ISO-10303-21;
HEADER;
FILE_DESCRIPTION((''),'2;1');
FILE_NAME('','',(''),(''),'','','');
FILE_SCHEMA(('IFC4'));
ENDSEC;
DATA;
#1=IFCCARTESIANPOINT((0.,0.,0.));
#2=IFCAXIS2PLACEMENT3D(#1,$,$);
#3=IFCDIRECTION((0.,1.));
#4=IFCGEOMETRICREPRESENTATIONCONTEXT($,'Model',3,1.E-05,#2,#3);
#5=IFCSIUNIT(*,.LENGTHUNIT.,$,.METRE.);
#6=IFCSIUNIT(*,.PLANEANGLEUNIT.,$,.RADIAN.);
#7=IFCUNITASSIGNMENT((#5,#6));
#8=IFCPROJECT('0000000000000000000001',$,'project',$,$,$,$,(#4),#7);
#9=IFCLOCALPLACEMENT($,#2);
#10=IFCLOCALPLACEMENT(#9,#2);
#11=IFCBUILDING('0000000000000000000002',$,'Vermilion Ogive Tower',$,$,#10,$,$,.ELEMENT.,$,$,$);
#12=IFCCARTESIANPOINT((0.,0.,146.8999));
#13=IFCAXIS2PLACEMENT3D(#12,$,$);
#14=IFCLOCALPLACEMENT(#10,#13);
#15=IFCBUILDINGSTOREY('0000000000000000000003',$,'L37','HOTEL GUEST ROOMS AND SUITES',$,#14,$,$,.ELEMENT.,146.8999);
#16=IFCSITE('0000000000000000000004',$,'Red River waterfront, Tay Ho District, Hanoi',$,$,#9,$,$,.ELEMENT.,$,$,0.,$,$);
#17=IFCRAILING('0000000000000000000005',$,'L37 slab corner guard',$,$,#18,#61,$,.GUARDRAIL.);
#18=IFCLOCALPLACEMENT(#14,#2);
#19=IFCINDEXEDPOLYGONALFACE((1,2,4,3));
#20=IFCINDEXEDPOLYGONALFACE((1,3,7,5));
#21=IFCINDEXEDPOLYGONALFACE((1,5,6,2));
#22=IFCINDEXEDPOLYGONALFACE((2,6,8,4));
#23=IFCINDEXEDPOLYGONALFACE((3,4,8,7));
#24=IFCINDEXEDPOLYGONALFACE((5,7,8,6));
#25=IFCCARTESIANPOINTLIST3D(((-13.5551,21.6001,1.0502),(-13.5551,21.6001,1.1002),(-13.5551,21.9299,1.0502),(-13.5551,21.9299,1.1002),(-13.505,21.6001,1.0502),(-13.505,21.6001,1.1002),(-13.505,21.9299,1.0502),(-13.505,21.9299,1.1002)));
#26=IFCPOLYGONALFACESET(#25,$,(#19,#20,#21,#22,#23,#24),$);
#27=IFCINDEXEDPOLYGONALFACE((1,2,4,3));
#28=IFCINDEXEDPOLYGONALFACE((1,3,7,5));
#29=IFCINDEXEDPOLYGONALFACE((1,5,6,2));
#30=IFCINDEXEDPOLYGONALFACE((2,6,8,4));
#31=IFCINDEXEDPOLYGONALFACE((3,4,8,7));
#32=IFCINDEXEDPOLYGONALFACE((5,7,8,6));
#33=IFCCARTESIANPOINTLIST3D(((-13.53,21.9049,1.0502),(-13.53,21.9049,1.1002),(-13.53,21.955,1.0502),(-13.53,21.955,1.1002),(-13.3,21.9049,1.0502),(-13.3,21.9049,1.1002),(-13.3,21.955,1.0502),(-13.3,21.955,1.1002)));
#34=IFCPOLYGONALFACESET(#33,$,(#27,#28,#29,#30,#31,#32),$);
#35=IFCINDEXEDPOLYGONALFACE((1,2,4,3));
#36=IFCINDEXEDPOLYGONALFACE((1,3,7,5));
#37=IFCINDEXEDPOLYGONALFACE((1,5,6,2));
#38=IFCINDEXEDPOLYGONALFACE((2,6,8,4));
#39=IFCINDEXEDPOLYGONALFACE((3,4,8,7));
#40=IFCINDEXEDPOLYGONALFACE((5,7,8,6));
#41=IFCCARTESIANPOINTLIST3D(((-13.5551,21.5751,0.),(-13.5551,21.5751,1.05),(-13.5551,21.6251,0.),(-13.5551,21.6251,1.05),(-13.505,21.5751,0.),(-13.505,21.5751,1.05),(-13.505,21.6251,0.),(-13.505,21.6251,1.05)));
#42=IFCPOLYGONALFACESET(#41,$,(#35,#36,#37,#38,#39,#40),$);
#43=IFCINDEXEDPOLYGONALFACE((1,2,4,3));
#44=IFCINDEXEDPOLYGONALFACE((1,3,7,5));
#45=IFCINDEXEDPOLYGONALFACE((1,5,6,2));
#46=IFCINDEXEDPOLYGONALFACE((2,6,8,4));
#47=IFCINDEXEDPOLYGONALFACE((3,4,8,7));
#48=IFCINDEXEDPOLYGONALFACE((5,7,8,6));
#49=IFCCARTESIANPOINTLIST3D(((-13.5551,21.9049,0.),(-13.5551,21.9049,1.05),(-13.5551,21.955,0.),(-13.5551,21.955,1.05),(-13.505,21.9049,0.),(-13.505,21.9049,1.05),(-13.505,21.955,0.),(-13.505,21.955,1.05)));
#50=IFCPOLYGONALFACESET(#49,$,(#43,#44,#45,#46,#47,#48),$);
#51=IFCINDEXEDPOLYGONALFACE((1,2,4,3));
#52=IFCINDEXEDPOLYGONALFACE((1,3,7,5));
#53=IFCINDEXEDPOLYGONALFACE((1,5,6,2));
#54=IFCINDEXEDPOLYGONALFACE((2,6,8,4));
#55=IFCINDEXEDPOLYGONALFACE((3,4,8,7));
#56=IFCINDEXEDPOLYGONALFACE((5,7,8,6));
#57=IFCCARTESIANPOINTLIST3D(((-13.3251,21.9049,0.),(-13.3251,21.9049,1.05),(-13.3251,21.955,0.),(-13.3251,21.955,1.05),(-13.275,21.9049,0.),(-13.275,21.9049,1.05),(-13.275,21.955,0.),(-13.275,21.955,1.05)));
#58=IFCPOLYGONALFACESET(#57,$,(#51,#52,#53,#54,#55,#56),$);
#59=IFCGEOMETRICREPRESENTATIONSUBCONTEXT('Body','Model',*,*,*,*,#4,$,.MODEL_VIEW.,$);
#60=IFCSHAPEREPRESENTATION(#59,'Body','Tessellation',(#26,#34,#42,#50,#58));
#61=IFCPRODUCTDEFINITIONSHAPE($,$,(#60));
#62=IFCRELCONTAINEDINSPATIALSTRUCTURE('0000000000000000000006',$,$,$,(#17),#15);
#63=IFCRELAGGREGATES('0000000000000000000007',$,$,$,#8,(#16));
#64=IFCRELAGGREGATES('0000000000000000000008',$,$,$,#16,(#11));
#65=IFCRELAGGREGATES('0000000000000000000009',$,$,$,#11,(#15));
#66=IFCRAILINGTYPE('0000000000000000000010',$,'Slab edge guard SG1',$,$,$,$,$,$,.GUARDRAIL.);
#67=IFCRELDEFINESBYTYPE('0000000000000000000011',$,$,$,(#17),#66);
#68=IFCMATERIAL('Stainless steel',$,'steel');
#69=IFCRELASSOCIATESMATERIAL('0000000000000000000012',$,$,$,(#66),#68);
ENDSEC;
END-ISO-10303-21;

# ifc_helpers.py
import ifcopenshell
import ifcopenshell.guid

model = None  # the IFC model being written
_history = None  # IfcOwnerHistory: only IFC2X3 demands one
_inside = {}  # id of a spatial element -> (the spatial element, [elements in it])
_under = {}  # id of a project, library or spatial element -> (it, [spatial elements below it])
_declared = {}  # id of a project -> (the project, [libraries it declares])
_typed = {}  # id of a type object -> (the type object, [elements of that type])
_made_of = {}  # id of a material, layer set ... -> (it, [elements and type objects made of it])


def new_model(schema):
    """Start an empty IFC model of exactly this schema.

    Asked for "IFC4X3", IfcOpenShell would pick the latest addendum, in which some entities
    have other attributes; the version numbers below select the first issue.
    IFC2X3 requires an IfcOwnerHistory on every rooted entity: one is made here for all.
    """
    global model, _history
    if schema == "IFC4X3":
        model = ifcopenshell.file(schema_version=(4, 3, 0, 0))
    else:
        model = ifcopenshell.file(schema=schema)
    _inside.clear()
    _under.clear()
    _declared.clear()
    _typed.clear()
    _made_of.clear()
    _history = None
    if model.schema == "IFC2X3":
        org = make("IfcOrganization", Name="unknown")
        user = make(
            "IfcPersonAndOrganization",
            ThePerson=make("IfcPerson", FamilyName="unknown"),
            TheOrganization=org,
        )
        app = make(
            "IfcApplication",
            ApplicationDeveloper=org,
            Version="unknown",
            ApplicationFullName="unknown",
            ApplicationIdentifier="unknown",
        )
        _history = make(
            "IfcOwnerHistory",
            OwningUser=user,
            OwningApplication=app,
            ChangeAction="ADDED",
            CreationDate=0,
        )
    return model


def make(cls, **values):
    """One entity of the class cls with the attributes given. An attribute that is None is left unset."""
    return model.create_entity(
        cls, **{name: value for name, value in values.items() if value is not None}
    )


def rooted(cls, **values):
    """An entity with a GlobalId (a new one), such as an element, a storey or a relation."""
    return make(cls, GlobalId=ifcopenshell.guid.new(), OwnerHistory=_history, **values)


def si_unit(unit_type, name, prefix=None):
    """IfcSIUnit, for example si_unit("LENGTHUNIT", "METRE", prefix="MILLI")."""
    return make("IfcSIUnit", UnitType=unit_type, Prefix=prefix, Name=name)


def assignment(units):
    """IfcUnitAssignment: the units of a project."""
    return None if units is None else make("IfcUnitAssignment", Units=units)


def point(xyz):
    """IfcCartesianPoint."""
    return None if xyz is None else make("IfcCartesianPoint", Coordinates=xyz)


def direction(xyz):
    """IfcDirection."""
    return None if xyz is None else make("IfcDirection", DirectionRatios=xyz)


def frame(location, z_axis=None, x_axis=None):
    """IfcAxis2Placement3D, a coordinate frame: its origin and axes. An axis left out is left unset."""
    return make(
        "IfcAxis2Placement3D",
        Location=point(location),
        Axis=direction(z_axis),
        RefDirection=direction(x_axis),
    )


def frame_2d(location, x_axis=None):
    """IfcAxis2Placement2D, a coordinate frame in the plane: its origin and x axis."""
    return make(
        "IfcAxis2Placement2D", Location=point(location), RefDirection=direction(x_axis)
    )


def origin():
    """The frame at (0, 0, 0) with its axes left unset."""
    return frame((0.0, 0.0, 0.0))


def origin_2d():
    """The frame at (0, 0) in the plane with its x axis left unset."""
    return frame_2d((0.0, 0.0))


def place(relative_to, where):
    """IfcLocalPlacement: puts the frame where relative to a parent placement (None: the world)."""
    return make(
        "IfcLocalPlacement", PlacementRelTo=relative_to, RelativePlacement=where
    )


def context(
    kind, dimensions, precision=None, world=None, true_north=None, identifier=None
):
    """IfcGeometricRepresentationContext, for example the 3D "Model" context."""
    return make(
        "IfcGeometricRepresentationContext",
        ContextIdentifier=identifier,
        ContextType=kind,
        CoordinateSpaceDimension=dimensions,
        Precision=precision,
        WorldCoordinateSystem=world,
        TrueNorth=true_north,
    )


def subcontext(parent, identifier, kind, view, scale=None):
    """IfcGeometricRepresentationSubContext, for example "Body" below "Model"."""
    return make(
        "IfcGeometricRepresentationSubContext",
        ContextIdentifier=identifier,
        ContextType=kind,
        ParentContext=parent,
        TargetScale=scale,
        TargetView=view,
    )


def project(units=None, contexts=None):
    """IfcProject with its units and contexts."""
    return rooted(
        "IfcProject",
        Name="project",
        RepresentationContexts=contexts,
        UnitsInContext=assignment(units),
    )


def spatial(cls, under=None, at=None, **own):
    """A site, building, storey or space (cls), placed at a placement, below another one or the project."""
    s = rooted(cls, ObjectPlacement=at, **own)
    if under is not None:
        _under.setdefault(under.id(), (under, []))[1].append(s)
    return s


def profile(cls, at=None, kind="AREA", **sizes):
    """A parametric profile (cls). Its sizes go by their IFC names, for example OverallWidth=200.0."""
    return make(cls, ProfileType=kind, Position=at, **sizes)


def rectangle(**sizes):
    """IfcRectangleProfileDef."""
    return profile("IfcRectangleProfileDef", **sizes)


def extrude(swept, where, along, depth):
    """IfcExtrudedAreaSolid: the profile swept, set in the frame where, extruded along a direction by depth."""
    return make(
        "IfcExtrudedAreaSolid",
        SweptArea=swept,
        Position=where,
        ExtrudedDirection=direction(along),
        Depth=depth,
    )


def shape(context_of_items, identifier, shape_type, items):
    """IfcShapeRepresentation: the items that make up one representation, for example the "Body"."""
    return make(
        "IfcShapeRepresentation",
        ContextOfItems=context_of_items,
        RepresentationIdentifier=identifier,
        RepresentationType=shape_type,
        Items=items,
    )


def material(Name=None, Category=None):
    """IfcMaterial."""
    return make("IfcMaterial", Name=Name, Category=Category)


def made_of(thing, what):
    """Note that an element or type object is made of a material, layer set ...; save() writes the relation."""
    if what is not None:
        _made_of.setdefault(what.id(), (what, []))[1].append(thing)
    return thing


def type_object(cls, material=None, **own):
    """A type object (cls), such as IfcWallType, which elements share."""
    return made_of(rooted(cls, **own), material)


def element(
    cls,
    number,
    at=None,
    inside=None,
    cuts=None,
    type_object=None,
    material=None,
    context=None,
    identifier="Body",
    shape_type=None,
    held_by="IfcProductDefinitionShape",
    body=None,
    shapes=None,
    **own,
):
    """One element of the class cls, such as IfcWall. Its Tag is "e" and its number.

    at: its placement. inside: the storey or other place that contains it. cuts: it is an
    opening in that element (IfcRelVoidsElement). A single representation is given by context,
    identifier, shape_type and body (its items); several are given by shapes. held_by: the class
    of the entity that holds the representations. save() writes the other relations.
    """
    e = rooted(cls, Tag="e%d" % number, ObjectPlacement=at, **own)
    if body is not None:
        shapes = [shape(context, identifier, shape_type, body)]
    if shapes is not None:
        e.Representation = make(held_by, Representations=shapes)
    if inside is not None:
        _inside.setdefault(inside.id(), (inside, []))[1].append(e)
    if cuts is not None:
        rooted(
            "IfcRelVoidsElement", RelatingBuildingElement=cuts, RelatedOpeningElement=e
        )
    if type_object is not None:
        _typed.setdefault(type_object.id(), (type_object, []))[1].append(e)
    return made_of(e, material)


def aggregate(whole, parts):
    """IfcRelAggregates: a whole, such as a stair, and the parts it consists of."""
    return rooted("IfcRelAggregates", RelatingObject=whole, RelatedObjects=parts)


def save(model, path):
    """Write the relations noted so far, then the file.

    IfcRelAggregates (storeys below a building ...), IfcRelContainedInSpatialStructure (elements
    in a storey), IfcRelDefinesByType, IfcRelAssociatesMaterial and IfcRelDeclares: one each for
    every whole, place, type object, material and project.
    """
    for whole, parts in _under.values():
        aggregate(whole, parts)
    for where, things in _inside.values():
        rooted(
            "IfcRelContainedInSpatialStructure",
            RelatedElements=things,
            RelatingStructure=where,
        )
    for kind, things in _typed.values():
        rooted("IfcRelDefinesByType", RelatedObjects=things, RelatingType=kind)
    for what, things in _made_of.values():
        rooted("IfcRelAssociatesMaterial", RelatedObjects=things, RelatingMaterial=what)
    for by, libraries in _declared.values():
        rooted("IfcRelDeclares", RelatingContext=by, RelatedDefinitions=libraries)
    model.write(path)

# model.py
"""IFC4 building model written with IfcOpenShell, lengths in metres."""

from ifc_helpers import new_model, si_unit, direction, frame, origin, origin_2d, place, context, subcontext, project, spatial, rectangle, extrude, material, type_object, element, save


model = new_model("IFC4")

# Units and contexts
model_context = context("Model", 3, precision=1e-05, world=origin(), true_north=direction((0.0, 1.0)))
body_context = subcontext(model_context, "Body", "Model", "MODEL_VIEW")
ifc_project = project(units=[si_unit("LENGTHUNIT", "METRE"), si_unit("PLANEANGLEUNIT", "RADIAN")], contexts=[model_context])

# Site, building, storey
site_placement = place(None, origin())
site = spatial("IfcSite", under=ifc_project, at=site_placement, Name="Red River waterfront, Tay Ho District, Hanoi", CompositionType="ELEMENT", RefElevation=0.0)
building_placement = place(site_placement, origin())
building = spatial("IfcBuilding", under=site, at=building_placement, Name="Vermilion Ogive Tower", CompositionType="ELEMENT")
storey_placement = place(building_placement, frame((0.0, 0.0, 146.8999)))
storey = spatial("IfcBuildingStorey", under=building, at=storey_placement, Name="L37", Description="HOTEL GUEST ROOMS AND SUITES", CompositionType="ELEMENT", Elevation=146.8999)

# Railing
ifc_material_1 = material(Name="Stainless steel", Category="steel")
railing_type = type_object("IfcRailingType", Name="Slab edge guard SG1", PredefinedType="GUARDRAIL", material=ifc_material_1)
railing_1_placement = place(storey_placement, frame((-13.53, 21.6001, 0.0)))
element("IfcRailing", 1, at=railing_1_placement, inside=storey, type_object=railing_type, Name="L37 slab corner guard", PredefinedType="GUARDRAIL", context=body_context, shape_type="SweptSolid", body=[
    extrude(rectangle(XDim=0.05, YDim=0.05, at=origin_2d()), frame((0.0, 0.0, 1.0752), z_axis=(0.0, 1.0, 0.0), x_axis=(-1.0, 0.0, 0.0)), (0.0, 0.0, 1.0), 0.3298),
    extrude(rectangle(XDim=0.05, YDim=0.05, at=origin_2d()), frame((0.0, 0.3298, 1.0752), z_axis=(1.0, 0.0, 0.0), x_axis=(0.0, 1.0, 0.0)), (0.0, 0.0, 1.0), 0.23),
    extrude(rectangle(XDim=0.05, YDim=0.05, at=origin_2d()), origin(), (0.0, 0.0, 1.0), 1.05),
    extrude(rectangle(XDim=0.05, YDim=0.05, at=origin_2d()), frame((0.0, 0.3298, 0.0)), (0.0, 0.0, 1.0), 1.05),
    extrude(rectangle(XDim=0.05, YDim=0.05, at=origin_2d()), frame((0.23, 0.3298, 0.0)), (0.0, 0.0, 1.0), 1.05),
])

save(model, "model.ifc")
